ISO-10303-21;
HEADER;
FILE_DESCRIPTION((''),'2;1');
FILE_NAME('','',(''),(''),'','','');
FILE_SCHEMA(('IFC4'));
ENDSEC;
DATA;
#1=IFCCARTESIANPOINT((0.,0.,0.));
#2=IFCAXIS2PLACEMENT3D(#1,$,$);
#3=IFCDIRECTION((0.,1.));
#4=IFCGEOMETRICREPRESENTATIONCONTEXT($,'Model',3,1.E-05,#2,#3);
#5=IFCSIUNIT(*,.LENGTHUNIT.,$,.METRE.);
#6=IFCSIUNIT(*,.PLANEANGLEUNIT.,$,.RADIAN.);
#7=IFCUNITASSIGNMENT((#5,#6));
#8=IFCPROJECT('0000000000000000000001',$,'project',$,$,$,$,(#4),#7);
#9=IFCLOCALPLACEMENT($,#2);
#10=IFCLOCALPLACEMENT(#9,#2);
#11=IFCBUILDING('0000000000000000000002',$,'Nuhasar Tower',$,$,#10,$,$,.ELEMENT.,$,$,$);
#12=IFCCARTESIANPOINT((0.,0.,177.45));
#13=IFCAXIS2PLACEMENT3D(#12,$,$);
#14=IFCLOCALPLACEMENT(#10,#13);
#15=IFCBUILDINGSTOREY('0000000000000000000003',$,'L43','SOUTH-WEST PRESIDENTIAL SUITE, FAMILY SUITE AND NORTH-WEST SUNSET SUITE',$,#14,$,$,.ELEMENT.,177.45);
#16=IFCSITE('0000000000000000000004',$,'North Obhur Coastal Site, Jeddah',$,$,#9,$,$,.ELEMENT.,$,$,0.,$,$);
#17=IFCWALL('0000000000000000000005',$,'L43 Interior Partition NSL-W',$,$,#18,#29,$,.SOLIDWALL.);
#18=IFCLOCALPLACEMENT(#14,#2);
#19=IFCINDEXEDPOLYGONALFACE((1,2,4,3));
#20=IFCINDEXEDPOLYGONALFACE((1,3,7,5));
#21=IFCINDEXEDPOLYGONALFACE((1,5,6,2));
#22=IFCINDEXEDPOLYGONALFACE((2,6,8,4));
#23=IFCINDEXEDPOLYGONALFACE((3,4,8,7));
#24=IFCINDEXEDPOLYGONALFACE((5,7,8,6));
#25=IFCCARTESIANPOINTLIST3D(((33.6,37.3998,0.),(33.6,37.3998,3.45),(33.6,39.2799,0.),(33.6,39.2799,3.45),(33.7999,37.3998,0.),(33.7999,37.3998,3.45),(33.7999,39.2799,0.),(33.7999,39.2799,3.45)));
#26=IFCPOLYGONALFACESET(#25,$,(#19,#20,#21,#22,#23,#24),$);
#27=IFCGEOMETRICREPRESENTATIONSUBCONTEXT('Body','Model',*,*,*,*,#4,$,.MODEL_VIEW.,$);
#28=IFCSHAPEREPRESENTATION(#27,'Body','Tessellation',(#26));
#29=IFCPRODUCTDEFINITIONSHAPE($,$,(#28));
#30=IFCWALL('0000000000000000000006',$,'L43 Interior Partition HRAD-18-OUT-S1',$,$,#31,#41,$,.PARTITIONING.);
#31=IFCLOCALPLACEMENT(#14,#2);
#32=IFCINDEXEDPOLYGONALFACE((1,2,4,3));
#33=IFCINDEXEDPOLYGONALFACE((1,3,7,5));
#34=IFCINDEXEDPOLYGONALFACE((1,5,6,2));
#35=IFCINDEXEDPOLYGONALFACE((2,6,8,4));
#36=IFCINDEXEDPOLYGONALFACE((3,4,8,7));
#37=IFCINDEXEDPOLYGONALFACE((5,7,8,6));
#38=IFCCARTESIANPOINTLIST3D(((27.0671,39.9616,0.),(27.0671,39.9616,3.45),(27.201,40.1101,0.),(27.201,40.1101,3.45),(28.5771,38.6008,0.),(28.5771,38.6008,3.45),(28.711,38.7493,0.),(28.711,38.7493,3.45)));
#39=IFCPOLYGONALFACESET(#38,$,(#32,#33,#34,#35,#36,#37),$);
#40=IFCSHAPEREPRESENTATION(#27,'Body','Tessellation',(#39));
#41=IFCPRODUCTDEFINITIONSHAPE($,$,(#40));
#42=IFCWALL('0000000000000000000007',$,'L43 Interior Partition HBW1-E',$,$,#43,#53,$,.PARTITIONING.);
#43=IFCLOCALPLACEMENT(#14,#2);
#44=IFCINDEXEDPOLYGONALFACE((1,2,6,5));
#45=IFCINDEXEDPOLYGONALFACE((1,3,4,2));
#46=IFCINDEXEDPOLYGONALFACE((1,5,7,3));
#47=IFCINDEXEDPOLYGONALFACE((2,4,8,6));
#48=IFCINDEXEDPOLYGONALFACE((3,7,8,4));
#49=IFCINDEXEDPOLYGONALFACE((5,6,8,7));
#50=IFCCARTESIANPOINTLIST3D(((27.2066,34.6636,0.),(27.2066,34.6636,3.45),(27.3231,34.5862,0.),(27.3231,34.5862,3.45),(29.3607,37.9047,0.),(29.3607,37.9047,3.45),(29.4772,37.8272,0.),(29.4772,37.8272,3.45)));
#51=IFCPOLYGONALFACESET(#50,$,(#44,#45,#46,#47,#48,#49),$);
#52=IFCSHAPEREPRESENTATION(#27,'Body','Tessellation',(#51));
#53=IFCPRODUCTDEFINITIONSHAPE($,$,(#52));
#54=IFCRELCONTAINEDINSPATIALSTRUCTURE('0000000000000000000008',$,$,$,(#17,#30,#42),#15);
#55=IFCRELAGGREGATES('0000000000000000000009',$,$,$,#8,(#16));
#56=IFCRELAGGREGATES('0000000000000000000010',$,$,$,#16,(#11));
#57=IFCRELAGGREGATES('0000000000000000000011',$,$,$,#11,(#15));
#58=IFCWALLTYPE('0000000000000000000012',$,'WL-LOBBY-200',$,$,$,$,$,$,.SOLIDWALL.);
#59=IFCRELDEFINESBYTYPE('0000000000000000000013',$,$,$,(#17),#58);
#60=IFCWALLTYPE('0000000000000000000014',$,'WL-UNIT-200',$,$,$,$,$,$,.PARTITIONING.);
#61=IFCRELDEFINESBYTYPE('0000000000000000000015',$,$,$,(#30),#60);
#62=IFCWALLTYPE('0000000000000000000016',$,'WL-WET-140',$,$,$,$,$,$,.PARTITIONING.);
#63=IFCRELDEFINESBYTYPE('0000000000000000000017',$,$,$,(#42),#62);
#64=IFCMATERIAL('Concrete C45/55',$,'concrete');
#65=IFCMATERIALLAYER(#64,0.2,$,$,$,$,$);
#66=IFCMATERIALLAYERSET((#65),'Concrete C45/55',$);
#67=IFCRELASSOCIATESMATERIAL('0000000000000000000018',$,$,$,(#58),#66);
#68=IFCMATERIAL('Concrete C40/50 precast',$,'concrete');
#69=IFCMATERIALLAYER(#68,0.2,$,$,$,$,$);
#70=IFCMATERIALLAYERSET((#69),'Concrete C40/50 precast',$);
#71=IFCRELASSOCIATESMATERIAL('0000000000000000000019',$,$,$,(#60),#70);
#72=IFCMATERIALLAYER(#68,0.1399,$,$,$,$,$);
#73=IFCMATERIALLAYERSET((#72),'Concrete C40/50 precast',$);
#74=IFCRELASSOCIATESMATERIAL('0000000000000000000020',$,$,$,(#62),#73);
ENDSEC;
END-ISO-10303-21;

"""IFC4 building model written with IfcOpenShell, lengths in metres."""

from ifc_helpers import new_model, si_unit, direction, frame, frame_2d, origin, place, context, subcontext, project, spatial, rectangle, extrude, material, layer, layer_set, type_object, element, save


model = new_model("IFC4")

# Units and contexts
model_context = context("Model", 3, precision=1e-05, world=origin(), true_north=direction((0.0, 1.0)))
body_context = subcontext(model_context, "Body", "Model", "MODEL_VIEW")
ifc_project = project(units=[si_unit("LENGTHUNIT", "METRE"), si_unit("PLANEANGLEUNIT", "RADIAN")], contexts=[model_context])

# Site, building, storey
site_placement = place(None, origin())
site = spatial("IfcSite", under=ifc_project, at=site_placement, Name="North Obhur Coastal Site, Jeddah", CompositionType="ELEMENT", RefElevation=0.0)
building_placement = place(site_placement, origin())
building = spatial("IfcBuilding", under=site, at=building_placement, Name="Nuhasar Tower", CompositionType="ELEMENT")
storey_placement = place(building_placement, frame((0.0, 0.0, 177.45)))
storey = spatial("IfcBuildingStorey", under=building, at=storey_placement, Name="L43", Description="SOUTH-WEST PRESIDENTIAL SUITE, FAMILY SUITE AND NORTH-WEST SUNSET SUITE", CompositionType="ELEMENT", Elevation=177.45)

# Walls
ifc_material_1 = material(Name="Concrete C45/55", Category="concrete")
ifc_layer_1 = layer(ifc_material_1, 0.2)
ifc_layer_set_1 = layer_set([ifc_layer_1], Name="Concrete C45/55")
wall_type_1 = type_object("IfcWallType", Name="WL-LOBBY-200", PredefinedType="SOLIDWALL", material=ifc_layer_set_1)
wall_1_placement = place(storey_placement, frame((33.7, 37.3999, 0.0), z_axis=(0.0, 0.0, 1.0), x_axis=(0.0, 1.0, 0.0)))
element("IfcWall", 1, at=wall_1_placement, inside=storey, type_object=wall_type_1, Name="L43 Interior Partition NSL-W", PredefinedType="SOLIDWALL", context=body_context, shape_type="SweptSolid", body=[
    extrude(rectangle(XDim=1.8801, YDim=0.2, at=frame_2d((0.9399, 0.0))), origin(), (0.0, 0.0, 1.0), 3.45),
])
ifc_material_2 = material(Name="Concrete C40/50 precast", Category="concrete")
ifc_layer_2 = layer(ifc_material_2, 0.2)
ifc_layer_set_2 = layer_set([ifc_layer_2], Name="Concrete C40/50 precast")
wall_type_2 = type_object("IfcWallType", Name="WL-UNIT-200", PredefinedType="PARTITIONING", material=ifc_layer_set_2)
wall_2_placement = place(storey_placement, frame((28.644, 38.675, 0.0), z_axis=(0.0, 0.0, 1.0), x_axis=(-0.742846, 0.669462, 0.0)))
element("IfcWall", 2, at=wall_2_placement, inside=storey, type_object=wall_type_2, Name="L43 Interior Partition HRAD-18-OUT-S1", PredefinedType="PARTITIONING", context=body_context, shape_type="SweptSolid", body=[
    extrude(rectangle(XDim=2.0327, YDim=0.2, at=frame_2d((1.0164, 0.0))), origin(), (0.0, 0.0, 1.0), 3.45),
])
ifc_layer_3 = layer(ifc_material_2, 0.1399)
ifc_layer_set_3 = layer_set([ifc_layer_3], Name="Concrete C40/50 precast")
wall_type_3 = type_object("IfcWallType", Name="WL-WET-140", PredefinedType="PARTITIONING", material=ifc_layer_set_3)
wall_3_placement = place(storey_placement, frame((29.4189, 37.866, 0.0), z_axis=(0.0, 0.0, 1.0), x_axis=(-0.553527, -0.832831, 0.0)))
element("IfcWall", 3, at=wall_3_placement, inside=storey, type_object=wall_type_3, Name="L43 Interior Partition HBW1-E", PredefinedType="PARTITIONING", context=body_context, shape_type="SweptSolid", body=[
    extrude(rectangle(XDim=3.8916, YDim=0.1399, at=frame_2d((1.9458, 0.0))), origin(), (0.0, 0.0, 1.0), 3.45),
])

save(model, "model.ifc")
